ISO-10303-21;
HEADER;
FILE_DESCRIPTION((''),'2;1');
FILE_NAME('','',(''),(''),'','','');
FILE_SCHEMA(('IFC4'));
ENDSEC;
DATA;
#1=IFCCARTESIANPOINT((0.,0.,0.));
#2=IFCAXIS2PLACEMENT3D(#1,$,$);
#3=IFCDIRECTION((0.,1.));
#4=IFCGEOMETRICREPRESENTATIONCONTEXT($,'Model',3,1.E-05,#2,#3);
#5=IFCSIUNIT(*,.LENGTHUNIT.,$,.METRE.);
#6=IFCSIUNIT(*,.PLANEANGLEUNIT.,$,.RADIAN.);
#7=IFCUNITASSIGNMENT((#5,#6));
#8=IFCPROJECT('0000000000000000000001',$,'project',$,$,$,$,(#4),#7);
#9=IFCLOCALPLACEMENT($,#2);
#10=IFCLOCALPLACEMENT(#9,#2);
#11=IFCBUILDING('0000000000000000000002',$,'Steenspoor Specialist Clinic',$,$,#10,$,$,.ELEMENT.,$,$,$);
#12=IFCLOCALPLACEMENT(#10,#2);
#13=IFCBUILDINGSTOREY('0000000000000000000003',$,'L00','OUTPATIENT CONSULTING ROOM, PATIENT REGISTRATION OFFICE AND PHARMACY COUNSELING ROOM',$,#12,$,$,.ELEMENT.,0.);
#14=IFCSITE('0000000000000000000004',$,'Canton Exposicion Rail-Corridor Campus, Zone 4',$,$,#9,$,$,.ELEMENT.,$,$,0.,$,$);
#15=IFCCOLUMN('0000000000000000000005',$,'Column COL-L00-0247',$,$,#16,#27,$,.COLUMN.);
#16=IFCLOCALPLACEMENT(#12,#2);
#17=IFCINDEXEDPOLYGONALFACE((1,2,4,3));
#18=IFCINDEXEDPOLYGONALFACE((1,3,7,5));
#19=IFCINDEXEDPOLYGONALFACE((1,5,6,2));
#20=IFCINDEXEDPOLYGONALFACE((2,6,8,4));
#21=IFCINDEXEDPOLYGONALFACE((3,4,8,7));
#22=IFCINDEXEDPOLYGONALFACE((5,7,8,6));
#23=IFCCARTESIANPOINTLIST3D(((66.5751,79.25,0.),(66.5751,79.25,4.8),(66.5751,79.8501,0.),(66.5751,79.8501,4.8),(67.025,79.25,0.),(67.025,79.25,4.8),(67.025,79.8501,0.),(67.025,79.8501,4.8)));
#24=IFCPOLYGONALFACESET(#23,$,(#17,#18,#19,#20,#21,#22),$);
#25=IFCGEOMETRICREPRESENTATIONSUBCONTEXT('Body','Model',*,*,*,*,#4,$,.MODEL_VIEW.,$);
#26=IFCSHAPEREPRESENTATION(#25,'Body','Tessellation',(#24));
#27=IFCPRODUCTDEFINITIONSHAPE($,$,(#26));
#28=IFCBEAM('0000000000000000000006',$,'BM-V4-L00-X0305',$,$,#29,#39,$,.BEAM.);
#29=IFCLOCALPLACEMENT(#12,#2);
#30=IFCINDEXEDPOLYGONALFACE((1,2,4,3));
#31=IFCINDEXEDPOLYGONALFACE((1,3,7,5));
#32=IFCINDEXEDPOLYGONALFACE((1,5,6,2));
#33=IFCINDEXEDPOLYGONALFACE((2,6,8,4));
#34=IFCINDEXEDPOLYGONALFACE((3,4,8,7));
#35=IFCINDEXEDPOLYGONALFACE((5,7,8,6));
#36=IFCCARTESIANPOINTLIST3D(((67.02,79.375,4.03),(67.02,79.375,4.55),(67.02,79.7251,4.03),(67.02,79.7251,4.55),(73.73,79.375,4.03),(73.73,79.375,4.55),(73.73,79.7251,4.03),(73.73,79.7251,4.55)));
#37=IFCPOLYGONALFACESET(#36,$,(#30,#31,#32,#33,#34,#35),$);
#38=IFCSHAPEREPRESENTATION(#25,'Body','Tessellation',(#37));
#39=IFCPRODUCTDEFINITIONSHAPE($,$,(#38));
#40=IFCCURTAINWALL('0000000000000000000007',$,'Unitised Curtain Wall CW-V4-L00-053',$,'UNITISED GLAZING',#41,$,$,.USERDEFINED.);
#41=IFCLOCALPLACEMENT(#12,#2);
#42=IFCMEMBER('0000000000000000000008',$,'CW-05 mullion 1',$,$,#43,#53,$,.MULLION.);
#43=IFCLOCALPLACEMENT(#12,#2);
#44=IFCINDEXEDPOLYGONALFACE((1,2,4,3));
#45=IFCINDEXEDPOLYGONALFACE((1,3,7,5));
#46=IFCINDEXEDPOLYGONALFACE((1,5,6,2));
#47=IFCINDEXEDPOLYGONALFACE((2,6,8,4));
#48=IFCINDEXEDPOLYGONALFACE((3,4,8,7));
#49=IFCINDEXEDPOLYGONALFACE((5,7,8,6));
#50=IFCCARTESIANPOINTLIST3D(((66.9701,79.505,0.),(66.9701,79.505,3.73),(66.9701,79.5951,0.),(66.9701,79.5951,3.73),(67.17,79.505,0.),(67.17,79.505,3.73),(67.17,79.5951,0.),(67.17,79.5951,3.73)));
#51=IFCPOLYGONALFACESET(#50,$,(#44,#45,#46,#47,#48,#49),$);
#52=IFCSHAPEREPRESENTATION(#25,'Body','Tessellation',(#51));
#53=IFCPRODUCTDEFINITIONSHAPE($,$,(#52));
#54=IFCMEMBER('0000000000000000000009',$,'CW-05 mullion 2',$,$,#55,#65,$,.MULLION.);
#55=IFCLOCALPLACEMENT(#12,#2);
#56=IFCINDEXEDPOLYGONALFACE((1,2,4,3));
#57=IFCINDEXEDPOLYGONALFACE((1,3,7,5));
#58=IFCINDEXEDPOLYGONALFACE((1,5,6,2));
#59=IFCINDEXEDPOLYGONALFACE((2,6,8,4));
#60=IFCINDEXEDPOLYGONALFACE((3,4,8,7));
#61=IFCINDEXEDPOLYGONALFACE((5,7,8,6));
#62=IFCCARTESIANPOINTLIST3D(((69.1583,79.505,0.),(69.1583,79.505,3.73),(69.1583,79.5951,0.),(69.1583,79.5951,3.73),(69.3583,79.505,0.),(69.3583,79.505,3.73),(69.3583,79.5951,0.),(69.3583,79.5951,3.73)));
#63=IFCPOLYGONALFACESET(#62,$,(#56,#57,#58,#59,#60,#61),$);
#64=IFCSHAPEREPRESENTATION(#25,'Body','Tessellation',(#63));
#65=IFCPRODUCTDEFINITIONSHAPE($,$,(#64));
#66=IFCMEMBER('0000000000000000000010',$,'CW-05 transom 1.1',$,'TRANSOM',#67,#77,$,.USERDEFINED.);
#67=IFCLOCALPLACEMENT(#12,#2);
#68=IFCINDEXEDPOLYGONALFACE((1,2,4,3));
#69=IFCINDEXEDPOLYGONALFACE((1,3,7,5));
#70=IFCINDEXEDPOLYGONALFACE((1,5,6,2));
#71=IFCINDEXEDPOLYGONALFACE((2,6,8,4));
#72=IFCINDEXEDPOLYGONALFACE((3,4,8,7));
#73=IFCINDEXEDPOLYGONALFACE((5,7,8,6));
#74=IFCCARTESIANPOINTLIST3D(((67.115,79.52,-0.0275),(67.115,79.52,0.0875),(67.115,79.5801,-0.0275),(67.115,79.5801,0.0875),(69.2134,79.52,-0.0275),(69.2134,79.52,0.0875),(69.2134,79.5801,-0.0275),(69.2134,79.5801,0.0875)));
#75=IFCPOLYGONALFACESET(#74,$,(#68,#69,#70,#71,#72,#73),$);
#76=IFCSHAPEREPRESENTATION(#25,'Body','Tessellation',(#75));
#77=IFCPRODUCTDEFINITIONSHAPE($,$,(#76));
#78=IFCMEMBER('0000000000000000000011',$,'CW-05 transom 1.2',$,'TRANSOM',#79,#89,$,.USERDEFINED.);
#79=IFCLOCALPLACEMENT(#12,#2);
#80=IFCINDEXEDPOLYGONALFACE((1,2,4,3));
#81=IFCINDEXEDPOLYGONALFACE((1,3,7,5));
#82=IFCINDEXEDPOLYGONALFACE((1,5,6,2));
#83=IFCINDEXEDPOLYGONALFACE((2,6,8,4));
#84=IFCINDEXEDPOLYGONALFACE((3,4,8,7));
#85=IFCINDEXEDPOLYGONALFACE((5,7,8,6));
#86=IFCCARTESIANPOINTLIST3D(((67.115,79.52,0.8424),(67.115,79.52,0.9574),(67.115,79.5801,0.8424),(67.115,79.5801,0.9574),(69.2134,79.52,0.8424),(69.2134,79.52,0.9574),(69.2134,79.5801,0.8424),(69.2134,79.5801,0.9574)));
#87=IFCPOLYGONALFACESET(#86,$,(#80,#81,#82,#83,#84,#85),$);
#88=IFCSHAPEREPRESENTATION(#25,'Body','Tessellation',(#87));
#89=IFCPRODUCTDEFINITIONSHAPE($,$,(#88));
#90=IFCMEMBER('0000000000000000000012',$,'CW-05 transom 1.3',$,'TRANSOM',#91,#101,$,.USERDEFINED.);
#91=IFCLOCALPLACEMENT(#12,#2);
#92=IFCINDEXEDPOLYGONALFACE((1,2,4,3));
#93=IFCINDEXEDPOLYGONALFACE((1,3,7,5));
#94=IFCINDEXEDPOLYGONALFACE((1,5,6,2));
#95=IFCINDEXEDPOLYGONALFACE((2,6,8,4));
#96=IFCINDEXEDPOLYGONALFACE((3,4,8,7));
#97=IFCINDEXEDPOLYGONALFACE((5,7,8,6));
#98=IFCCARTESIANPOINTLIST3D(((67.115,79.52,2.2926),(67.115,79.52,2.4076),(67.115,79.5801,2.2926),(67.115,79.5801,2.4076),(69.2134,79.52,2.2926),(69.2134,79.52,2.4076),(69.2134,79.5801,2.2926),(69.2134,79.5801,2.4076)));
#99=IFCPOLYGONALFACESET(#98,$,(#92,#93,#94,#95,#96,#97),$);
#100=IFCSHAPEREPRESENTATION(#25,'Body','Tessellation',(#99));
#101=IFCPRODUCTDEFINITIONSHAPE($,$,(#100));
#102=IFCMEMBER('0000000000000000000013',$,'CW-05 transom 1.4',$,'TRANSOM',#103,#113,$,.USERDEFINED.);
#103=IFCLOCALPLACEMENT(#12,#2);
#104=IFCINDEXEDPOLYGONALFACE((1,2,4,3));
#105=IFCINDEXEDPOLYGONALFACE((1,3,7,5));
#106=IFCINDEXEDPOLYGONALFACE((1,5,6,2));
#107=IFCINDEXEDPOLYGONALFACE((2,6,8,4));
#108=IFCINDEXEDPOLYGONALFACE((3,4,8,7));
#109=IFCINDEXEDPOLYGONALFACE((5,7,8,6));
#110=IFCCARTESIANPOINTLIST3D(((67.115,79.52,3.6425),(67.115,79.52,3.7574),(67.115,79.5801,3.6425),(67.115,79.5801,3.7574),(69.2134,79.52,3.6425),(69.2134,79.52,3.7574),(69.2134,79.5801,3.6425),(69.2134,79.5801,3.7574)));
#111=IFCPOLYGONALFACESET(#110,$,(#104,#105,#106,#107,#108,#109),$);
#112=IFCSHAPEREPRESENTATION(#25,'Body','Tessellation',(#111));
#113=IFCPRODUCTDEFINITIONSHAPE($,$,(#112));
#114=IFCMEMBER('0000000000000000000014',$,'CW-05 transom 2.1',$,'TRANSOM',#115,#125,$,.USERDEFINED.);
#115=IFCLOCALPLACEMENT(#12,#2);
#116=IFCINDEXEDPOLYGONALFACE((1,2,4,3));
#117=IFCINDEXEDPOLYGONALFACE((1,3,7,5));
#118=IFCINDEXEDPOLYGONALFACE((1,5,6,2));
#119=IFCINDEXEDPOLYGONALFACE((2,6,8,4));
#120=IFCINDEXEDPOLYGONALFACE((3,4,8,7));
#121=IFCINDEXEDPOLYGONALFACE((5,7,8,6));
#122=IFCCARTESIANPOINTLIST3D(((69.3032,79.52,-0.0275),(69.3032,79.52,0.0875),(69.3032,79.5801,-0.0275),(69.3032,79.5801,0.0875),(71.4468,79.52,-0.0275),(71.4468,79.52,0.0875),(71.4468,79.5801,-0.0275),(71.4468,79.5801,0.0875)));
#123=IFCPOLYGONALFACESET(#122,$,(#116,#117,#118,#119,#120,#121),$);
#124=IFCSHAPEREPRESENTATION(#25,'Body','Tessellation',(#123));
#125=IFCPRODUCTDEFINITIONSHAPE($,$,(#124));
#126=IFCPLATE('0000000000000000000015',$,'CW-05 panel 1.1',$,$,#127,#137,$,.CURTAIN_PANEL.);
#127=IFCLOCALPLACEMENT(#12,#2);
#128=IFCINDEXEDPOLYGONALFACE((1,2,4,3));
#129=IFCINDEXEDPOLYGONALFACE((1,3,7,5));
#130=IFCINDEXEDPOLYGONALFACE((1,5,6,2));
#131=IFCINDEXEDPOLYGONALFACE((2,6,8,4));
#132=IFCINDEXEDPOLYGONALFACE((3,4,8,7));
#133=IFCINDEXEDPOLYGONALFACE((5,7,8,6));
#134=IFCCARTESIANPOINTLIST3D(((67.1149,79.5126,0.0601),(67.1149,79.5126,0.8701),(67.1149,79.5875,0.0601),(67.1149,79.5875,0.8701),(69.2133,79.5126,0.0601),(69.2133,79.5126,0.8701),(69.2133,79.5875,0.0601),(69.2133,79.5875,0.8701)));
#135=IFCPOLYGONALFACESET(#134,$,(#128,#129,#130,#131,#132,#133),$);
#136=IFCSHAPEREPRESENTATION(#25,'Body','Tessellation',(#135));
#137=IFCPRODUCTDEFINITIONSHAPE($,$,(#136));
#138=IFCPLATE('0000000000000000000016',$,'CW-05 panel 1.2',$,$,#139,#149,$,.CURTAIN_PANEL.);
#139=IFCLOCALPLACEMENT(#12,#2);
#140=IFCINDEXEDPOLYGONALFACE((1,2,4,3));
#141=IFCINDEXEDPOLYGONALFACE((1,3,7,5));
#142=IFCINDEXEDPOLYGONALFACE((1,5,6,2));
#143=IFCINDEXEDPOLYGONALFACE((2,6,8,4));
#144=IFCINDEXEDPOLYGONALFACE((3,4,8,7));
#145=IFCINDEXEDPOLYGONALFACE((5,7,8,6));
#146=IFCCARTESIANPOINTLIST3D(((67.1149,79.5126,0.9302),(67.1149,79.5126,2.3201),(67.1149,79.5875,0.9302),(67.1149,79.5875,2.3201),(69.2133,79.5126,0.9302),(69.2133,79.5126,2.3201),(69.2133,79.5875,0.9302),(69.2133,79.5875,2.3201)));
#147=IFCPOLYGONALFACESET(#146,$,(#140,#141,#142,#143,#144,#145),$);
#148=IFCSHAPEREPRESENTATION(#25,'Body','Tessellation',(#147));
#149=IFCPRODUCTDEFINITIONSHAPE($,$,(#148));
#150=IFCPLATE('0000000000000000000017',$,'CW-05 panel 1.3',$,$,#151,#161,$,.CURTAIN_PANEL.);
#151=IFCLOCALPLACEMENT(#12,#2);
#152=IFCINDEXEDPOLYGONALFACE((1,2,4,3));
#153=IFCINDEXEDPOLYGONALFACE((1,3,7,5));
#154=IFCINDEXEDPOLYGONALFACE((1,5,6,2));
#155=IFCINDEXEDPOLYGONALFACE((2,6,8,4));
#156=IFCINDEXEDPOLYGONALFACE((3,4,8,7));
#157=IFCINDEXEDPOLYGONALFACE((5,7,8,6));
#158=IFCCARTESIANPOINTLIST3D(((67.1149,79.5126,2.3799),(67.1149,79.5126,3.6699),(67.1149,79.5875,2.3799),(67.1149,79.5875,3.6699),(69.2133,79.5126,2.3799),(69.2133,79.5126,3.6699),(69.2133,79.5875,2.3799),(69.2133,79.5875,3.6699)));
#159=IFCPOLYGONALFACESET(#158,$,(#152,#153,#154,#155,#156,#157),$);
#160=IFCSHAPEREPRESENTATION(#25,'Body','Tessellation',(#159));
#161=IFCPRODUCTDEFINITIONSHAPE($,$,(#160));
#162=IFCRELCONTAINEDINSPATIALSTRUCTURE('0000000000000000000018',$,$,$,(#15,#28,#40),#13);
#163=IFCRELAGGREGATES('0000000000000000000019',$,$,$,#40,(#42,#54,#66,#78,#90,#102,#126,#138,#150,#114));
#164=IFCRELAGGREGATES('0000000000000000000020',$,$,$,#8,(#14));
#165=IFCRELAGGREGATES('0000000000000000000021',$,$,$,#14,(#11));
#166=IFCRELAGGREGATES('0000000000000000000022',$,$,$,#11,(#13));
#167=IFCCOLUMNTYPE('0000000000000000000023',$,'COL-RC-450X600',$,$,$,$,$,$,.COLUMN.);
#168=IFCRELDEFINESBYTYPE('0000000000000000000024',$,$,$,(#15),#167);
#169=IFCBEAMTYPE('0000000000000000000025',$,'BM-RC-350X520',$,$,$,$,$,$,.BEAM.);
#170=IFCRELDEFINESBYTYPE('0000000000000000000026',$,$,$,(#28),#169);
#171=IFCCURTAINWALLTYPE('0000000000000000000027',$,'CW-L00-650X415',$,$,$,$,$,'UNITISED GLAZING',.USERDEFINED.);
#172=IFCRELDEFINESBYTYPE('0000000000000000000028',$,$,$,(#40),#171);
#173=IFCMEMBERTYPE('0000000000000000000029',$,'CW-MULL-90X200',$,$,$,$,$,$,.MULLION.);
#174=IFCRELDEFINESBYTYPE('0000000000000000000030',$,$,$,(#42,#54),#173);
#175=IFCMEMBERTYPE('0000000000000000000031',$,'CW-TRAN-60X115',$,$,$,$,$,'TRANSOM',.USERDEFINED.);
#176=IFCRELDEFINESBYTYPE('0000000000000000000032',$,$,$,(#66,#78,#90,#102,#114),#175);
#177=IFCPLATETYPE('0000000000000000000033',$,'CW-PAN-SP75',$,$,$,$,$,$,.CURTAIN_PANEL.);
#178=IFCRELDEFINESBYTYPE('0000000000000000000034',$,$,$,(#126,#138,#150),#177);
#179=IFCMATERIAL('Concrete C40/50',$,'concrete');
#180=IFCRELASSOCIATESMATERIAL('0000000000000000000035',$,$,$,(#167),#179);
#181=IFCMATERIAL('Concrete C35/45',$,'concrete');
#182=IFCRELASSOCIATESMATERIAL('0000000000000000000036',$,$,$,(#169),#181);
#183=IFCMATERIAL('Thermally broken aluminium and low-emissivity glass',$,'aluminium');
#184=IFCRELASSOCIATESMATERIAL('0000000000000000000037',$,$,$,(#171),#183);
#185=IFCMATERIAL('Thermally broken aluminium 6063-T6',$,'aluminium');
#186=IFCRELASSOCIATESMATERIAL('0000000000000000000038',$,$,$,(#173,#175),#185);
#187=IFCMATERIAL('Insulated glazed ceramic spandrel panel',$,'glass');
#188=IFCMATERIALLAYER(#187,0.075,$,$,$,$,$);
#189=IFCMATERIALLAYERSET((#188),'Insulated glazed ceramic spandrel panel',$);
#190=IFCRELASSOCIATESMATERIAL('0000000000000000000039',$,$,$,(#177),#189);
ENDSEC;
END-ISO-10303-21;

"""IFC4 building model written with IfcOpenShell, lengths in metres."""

from ifc_helpers import new_model, si_unit, direction, frame, origin, origin_2d, place, context, subcontext, project, spatial, rectangle, extrude, material, layer, layer_set, material_profile, profile_set, type_object, element, aggregate, save


model = new_model("IFC4")

# Units and contexts
model_context = context("Model", 3, precision=1e-05, world=origin(), true_north=direction((0.0, 1.0)))
body_context = subcontext(model_context, "Body", "Model", "MODEL_VIEW")
ifc_project = project(units=[si_unit("LENGTHUNIT", "METRE"), si_unit("PLANEANGLEUNIT", "RADIAN")], contexts=[model_context])

# Site, building, storey
site_placement = place(None, origin())
site = spatial("IfcSite", under=ifc_project, at=site_placement, Name="Canton Exposicion Rail-Corridor Campus, Zone 4", CompositionType="ELEMENT", RefElevation=0.0)
building_placement = place(site_placement, origin())
building = spatial("IfcBuilding", under=site, at=building_placement, Name="Steenspoor Specialist Clinic", CompositionType="ELEMENT")
storey_placement = place(building_placement, origin())
storey = spatial("IfcBuildingStorey", under=building, at=storey_placement, Name="L00", Description="OUTPATIENT CONSULTING ROOM, PATIENT REGISTRATION OFFICE AND PHARMACY COUNSELING ROOM", CompositionType="ELEMENT", Elevation=0.0)

# Shared definitions
ifc_material_1 = material(Name="Concrete C35/45", Category="concrete")

# Column
ifc_material_2 = material(Name="Concrete C40/50", Category="concrete")
ifc_material_profile_1 = material_profile(ifc_material_2, rectangle(XDim=0.45, YDim=0.6001, at=origin_2d()), Name="RC-COL-450X600")
ifc_profile_set_1 = profile_set([ifc_material_profile_1], Name="Concrete C40/50")
column_type = type_object("IfcColumnType", Name="COL-RC-450X600", PredefinedType="COLUMN", material=ifc_profile_set_1)
column_placement = place(storey_placement, frame((66.8, 79.55, 0.0), z_axis=(0.0, 0.0, 1.0), x_axis=(1.0, 0.0, 0.0)))
element("IfcColumn", 1, at=column_placement, inside=storey, type_object=column_type, Name="Column COL-L00-0247", PredefinedType="COLUMN", context=body_context, shape_type="SweptSolid", body=[
    extrude(rectangle(XDim=0.45, YDim=0.6001, at=origin_2d()), origin(), (0.0, 0.0, 1.0), 4.8),
])

# Beam
ifc_material_profile_2 = material_profile(ifc_material_1, rectangle(XDim=0.3501, YDim=0.52, at=origin_2d()), Name="RC-BM-350X520")
ifc_profile_set_2 = profile_set([ifc_material_profile_2], Name="Concrete C35/45")
beam_type = type_object("IfcBeamType", Name="BM-RC-350X520", PredefinedType="BEAM", material=ifc_profile_set_2)
beam_placement = place(storey_placement, frame((67.02, 79.55, 4.29), z_axis=(1.0, 0.0, 0.0), x_axis=(0.0, 1.0, 0.0)))
element("IfcBeam", 2, at=beam_placement, inside=storey, type_object=beam_type, Name="BM-V4-L00-X0305", PredefinedType="BEAM", context=body_context, shape_type="SweptSolid", body=[
    extrude(rectangle(XDim=0.3501, YDim=0.52, at=origin_2d()), origin(), (0.0, 0.0, 1.0), 6.71),
])

# Curtain wall, members, plates
ifc_material_3 = material(Name="Thermally broken aluminium and low-emissivity glass", Category="aluminium")
curtain_wall_type = type_object("IfcCurtainWallType", Name="CW-L00-650X415", ElementType="UNITISED GLAZING", PredefinedType="USERDEFINED", material=ifc_material_3)
curtain_wall_placement = place(storey_placement, origin())
curtain_wall = element("IfcCurtainWall", 3, at=curtain_wall_placement, inside=storey, type_object=curtain_wall_type, Name="Unitised Curtain Wall CW-V4-L00-053", ObjectType="UNITISED GLAZING", PredefinedType="USERDEFINED")
ifc_material_4 = material(Name="Thermally broken aluminium 6063-T6", Category="aluminium")
ifc_material_profile_3 = material_profile(ifc_material_4, rectangle(XDim=0.0901, YDim=0.2, at=origin_2d()), Name="CWM-90X200")
ifc_profile_set_3 = profile_set([ifc_material_profile_3], Name="Thermally broken aluminium 6063-T6")
member_type_1 = type_object("IfcMemberType", Name="CW-MULL-90X200", PredefinedType="MULLION", material=ifc_profile_set_3)
member_1_placement = place(storey_placement, frame((67.0701, 79.55, 0.0), z_axis=(0.0, 0.0, 1.0), x_axis=(0.0, 1.0, 0.0)))
member_1 = element("IfcMember", 4, at=member_1_placement, type_object=member_type_1, Name="CW-05 mullion 1", PredefinedType="MULLION", context=body_context, shape_type="SweptSolid", body=[
    extrude(rectangle(XDim=0.0901, YDim=0.2, at=origin_2d()), origin(), (0.0, 0.0, 1.0), 3.73),
])
member_2_placement = place(storey_placement, frame((69.2583, 79.55, 0.0), z_axis=(0.0, 0.0, 1.0), x_axis=(0.0, 1.0, 0.0)))
member_2 = element("IfcMember", 5, at=member_2_placement, type_object=member_type_1, Name="CW-05 mullion 2", PredefinedType="MULLION", context=body_context, shape_type="SweptSolid", body=[
    extrude(rectangle(XDim=0.0901, YDim=0.2, at=origin_2d()), origin(), (0.0, 0.0, 1.0), 3.73),
])
ifc_material_profile_4 = material_profile(ifc_material_4, rectangle(XDim=0.0601, YDim=0.115, at=origin_2d()), Name="CWT-60X115")
ifc_profile_set_4 = profile_set([ifc_material_profile_4], Name="Thermally broken aluminium 6063-T6")
member_type_2 = type_object("IfcMemberType", Name="CW-TRAN-60X115", ElementType="TRANSOM", PredefinedType="USERDEFINED", material=ifc_profile_set_4)
member_3_placement = place(storey_placement, frame((67.115, 79.55, 0.03), z_axis=(1.0, 0.0, 0.0), x_axis=(0.0, 1.0, 0.0)))
member_3 = element("IfcMember", 6, at=member_3_placement, type_object=member_type_2, Name="CW-05 transom 1.1", ObjectType="TRANSOM", PredefinedType="USERDEFINED", context=body_context, shape_type="SweptSolid", body=[
    extrude(rectangle(XDim=0.0601, YDim=0.115, at=origin_2d()), origin(), (0.0, 0.0, 1.0), 2.0984),
])
member_4_placement = place(storey_placement, frame((67.115, 79.55, 0.8999), z_axis=(1.0, 0.0, 0.0), x_axis=(0.0, 1.0, 0.0)))
member_4 = element("IfcMember", 7, at=member_4_placement, type_object=member_type_2, Name="CW-05 transom 1.2", ObjectType="TRANSOM", PredefinedType="USERDEFINED", context=body_context, shape_type="SweptSolid", body=[
    extrude(rectangle(XDim=0.0601, YDim=0.115, at=origin_2d()), origin(), (0.0, 0.0, 1.0), 2.0984),
])
member_5_placement = place(storey_placement, frame((67.115, 79.55, 2.3501), z_axis=(1.0, 0.0, 0.0), x_axis=(0.0, 1.0, 0.0)))
member_5 = element("IfcMember", 8, at=member_5_placement, type_object=member_type_2, Name="CW-05 transom 1.3", ObjectType="TRANSOM", PredefinedType="USERDEFINED", context=body_context, shape_type="SweptSolid", body=[
    extrude(rectangle(XDim=0.0601, YDim=0.115, at=origin_2d()), origin(), (0.0, 0.0, 1.0), 2.0984),
])
member_6_placement = place(storey_placement, frame((67.115, 79.55, 3.7), z_axis=(1.0, 0.0, 0.0), x_axis=(0.0, 1.0, 0.0)))
member_6 = element("IfcMember", 9, at=member_6_placement, type_object=member_type_2, Name="CW-05 transom 1.4", ObjectType="TRANSOM", PredefinedType="USERDEFINED", context=body_context, shape_type="SweptSolid", body=[
    extrude(rectangle(XDim=0.0601, YDim=0.115, at=origin_2d()), origin(), (0.0, 0.0, 1.0), 2.0984),
])
member_7_placement = place(storey_placement, frame((69.3032, 79.55, 0.03), z_axis=(1.0, 0.0, 0.0), x_axis=(0.0, 1.0, 0.0)))
member_7 = element("IfcMember", 10, at=member_7_placement, type_object=member_type_2, Name="CW-05 transom 2.1", ObjectType="TRANSOM", PredefinedType="USERDEFINED", context=body_context, shape_type="SweptSolid", body=[
    extrude(rectangle(XDim=0.0601, YDim=0.115, at=origin_2d()), origin(), (0.0, 0.0, 1.0), 2.1436),
])
ifc_material_5 = material(Name="Insulated glazed ceramic spandrel panel", Category="glass")
ifc_layer_1 = layer(ifc_material_5, 0.075)
ifc_layer_set_1 = layer_set([ifc_layer_1], Name="Insulated glazed ceramic spandrel panel")
plate_type = type_object("IfcPlateType", Name="CW-PAN-SP75", PredefinedType="CURTAIN_PANEL", material=ifc_layer_set_1)
plate_1_placement = place(storey_placement, frame((68.1641, 79.55, 0.0601), z_axis=(0.0, 0.0, 1.0), x_axis=(1.0, 0.0, 0.0)))
plate_1 = element("IfcPlate", 11, at=plate_1_placement, type_object=plate_type, Name="CW-05 panel 1.1", PredefinedType="CURTAIN_PANEL", context=body_context, shape_type="SweptSolid", body=[
    extrude(rectangle(XDim=2.0984, YDim=0.075, at=origin_2d()), origin(), (0.0, 0.0, 1.0), 0.8101),
])
plate_2_placement = place(storey_placement, frame((68.1641, 79.55, 0.9302), z_axis=(0.0, 0.0, 1.0), x_axis=(1.0, 0.0, 0.0)))
plate_2 = element("IfcPlate", 12, at=plate_2_placement, type_object=plate_type, Name="CW-05 panel 1.2", PredefinedType="CURTAIN_PANEL", context=body_context, shape_type="SweptSolid", body=[
    extrude(rectangle(XDim=2.0984, YDim=0.075, at=origin_2d()), origin(), (0.0, 0.0, 1.0), 1.3899),
])
plate_3_placement = place(storey_placement, frame((68.1641, 79.55, 2.3799), z_axis=(0.0, 0.0, 1.0), x_axis=(1.0, 0.0, 0.0)))
plate_3 = element("IfcPlate", 13, at=plate_3_placement, type_object=plate_type, Name="CW-05 panel 1.3", PredefinedType="CURTAIN_PANEL", context=body_context, shape_type="SweptSolid", body=[
    extrude(rectangle(XDim=2.0984, YDim=0.075, at=origin_2d()), origin(), (0.0, 0.0, 1.0), 1.29),
])
aggregate(curtain_wall, [member_1, member_2, member_3, member_4, member_5, member_6, plate_1, plate_2, plate_3, member_7])

save(model, "model.ifc")
